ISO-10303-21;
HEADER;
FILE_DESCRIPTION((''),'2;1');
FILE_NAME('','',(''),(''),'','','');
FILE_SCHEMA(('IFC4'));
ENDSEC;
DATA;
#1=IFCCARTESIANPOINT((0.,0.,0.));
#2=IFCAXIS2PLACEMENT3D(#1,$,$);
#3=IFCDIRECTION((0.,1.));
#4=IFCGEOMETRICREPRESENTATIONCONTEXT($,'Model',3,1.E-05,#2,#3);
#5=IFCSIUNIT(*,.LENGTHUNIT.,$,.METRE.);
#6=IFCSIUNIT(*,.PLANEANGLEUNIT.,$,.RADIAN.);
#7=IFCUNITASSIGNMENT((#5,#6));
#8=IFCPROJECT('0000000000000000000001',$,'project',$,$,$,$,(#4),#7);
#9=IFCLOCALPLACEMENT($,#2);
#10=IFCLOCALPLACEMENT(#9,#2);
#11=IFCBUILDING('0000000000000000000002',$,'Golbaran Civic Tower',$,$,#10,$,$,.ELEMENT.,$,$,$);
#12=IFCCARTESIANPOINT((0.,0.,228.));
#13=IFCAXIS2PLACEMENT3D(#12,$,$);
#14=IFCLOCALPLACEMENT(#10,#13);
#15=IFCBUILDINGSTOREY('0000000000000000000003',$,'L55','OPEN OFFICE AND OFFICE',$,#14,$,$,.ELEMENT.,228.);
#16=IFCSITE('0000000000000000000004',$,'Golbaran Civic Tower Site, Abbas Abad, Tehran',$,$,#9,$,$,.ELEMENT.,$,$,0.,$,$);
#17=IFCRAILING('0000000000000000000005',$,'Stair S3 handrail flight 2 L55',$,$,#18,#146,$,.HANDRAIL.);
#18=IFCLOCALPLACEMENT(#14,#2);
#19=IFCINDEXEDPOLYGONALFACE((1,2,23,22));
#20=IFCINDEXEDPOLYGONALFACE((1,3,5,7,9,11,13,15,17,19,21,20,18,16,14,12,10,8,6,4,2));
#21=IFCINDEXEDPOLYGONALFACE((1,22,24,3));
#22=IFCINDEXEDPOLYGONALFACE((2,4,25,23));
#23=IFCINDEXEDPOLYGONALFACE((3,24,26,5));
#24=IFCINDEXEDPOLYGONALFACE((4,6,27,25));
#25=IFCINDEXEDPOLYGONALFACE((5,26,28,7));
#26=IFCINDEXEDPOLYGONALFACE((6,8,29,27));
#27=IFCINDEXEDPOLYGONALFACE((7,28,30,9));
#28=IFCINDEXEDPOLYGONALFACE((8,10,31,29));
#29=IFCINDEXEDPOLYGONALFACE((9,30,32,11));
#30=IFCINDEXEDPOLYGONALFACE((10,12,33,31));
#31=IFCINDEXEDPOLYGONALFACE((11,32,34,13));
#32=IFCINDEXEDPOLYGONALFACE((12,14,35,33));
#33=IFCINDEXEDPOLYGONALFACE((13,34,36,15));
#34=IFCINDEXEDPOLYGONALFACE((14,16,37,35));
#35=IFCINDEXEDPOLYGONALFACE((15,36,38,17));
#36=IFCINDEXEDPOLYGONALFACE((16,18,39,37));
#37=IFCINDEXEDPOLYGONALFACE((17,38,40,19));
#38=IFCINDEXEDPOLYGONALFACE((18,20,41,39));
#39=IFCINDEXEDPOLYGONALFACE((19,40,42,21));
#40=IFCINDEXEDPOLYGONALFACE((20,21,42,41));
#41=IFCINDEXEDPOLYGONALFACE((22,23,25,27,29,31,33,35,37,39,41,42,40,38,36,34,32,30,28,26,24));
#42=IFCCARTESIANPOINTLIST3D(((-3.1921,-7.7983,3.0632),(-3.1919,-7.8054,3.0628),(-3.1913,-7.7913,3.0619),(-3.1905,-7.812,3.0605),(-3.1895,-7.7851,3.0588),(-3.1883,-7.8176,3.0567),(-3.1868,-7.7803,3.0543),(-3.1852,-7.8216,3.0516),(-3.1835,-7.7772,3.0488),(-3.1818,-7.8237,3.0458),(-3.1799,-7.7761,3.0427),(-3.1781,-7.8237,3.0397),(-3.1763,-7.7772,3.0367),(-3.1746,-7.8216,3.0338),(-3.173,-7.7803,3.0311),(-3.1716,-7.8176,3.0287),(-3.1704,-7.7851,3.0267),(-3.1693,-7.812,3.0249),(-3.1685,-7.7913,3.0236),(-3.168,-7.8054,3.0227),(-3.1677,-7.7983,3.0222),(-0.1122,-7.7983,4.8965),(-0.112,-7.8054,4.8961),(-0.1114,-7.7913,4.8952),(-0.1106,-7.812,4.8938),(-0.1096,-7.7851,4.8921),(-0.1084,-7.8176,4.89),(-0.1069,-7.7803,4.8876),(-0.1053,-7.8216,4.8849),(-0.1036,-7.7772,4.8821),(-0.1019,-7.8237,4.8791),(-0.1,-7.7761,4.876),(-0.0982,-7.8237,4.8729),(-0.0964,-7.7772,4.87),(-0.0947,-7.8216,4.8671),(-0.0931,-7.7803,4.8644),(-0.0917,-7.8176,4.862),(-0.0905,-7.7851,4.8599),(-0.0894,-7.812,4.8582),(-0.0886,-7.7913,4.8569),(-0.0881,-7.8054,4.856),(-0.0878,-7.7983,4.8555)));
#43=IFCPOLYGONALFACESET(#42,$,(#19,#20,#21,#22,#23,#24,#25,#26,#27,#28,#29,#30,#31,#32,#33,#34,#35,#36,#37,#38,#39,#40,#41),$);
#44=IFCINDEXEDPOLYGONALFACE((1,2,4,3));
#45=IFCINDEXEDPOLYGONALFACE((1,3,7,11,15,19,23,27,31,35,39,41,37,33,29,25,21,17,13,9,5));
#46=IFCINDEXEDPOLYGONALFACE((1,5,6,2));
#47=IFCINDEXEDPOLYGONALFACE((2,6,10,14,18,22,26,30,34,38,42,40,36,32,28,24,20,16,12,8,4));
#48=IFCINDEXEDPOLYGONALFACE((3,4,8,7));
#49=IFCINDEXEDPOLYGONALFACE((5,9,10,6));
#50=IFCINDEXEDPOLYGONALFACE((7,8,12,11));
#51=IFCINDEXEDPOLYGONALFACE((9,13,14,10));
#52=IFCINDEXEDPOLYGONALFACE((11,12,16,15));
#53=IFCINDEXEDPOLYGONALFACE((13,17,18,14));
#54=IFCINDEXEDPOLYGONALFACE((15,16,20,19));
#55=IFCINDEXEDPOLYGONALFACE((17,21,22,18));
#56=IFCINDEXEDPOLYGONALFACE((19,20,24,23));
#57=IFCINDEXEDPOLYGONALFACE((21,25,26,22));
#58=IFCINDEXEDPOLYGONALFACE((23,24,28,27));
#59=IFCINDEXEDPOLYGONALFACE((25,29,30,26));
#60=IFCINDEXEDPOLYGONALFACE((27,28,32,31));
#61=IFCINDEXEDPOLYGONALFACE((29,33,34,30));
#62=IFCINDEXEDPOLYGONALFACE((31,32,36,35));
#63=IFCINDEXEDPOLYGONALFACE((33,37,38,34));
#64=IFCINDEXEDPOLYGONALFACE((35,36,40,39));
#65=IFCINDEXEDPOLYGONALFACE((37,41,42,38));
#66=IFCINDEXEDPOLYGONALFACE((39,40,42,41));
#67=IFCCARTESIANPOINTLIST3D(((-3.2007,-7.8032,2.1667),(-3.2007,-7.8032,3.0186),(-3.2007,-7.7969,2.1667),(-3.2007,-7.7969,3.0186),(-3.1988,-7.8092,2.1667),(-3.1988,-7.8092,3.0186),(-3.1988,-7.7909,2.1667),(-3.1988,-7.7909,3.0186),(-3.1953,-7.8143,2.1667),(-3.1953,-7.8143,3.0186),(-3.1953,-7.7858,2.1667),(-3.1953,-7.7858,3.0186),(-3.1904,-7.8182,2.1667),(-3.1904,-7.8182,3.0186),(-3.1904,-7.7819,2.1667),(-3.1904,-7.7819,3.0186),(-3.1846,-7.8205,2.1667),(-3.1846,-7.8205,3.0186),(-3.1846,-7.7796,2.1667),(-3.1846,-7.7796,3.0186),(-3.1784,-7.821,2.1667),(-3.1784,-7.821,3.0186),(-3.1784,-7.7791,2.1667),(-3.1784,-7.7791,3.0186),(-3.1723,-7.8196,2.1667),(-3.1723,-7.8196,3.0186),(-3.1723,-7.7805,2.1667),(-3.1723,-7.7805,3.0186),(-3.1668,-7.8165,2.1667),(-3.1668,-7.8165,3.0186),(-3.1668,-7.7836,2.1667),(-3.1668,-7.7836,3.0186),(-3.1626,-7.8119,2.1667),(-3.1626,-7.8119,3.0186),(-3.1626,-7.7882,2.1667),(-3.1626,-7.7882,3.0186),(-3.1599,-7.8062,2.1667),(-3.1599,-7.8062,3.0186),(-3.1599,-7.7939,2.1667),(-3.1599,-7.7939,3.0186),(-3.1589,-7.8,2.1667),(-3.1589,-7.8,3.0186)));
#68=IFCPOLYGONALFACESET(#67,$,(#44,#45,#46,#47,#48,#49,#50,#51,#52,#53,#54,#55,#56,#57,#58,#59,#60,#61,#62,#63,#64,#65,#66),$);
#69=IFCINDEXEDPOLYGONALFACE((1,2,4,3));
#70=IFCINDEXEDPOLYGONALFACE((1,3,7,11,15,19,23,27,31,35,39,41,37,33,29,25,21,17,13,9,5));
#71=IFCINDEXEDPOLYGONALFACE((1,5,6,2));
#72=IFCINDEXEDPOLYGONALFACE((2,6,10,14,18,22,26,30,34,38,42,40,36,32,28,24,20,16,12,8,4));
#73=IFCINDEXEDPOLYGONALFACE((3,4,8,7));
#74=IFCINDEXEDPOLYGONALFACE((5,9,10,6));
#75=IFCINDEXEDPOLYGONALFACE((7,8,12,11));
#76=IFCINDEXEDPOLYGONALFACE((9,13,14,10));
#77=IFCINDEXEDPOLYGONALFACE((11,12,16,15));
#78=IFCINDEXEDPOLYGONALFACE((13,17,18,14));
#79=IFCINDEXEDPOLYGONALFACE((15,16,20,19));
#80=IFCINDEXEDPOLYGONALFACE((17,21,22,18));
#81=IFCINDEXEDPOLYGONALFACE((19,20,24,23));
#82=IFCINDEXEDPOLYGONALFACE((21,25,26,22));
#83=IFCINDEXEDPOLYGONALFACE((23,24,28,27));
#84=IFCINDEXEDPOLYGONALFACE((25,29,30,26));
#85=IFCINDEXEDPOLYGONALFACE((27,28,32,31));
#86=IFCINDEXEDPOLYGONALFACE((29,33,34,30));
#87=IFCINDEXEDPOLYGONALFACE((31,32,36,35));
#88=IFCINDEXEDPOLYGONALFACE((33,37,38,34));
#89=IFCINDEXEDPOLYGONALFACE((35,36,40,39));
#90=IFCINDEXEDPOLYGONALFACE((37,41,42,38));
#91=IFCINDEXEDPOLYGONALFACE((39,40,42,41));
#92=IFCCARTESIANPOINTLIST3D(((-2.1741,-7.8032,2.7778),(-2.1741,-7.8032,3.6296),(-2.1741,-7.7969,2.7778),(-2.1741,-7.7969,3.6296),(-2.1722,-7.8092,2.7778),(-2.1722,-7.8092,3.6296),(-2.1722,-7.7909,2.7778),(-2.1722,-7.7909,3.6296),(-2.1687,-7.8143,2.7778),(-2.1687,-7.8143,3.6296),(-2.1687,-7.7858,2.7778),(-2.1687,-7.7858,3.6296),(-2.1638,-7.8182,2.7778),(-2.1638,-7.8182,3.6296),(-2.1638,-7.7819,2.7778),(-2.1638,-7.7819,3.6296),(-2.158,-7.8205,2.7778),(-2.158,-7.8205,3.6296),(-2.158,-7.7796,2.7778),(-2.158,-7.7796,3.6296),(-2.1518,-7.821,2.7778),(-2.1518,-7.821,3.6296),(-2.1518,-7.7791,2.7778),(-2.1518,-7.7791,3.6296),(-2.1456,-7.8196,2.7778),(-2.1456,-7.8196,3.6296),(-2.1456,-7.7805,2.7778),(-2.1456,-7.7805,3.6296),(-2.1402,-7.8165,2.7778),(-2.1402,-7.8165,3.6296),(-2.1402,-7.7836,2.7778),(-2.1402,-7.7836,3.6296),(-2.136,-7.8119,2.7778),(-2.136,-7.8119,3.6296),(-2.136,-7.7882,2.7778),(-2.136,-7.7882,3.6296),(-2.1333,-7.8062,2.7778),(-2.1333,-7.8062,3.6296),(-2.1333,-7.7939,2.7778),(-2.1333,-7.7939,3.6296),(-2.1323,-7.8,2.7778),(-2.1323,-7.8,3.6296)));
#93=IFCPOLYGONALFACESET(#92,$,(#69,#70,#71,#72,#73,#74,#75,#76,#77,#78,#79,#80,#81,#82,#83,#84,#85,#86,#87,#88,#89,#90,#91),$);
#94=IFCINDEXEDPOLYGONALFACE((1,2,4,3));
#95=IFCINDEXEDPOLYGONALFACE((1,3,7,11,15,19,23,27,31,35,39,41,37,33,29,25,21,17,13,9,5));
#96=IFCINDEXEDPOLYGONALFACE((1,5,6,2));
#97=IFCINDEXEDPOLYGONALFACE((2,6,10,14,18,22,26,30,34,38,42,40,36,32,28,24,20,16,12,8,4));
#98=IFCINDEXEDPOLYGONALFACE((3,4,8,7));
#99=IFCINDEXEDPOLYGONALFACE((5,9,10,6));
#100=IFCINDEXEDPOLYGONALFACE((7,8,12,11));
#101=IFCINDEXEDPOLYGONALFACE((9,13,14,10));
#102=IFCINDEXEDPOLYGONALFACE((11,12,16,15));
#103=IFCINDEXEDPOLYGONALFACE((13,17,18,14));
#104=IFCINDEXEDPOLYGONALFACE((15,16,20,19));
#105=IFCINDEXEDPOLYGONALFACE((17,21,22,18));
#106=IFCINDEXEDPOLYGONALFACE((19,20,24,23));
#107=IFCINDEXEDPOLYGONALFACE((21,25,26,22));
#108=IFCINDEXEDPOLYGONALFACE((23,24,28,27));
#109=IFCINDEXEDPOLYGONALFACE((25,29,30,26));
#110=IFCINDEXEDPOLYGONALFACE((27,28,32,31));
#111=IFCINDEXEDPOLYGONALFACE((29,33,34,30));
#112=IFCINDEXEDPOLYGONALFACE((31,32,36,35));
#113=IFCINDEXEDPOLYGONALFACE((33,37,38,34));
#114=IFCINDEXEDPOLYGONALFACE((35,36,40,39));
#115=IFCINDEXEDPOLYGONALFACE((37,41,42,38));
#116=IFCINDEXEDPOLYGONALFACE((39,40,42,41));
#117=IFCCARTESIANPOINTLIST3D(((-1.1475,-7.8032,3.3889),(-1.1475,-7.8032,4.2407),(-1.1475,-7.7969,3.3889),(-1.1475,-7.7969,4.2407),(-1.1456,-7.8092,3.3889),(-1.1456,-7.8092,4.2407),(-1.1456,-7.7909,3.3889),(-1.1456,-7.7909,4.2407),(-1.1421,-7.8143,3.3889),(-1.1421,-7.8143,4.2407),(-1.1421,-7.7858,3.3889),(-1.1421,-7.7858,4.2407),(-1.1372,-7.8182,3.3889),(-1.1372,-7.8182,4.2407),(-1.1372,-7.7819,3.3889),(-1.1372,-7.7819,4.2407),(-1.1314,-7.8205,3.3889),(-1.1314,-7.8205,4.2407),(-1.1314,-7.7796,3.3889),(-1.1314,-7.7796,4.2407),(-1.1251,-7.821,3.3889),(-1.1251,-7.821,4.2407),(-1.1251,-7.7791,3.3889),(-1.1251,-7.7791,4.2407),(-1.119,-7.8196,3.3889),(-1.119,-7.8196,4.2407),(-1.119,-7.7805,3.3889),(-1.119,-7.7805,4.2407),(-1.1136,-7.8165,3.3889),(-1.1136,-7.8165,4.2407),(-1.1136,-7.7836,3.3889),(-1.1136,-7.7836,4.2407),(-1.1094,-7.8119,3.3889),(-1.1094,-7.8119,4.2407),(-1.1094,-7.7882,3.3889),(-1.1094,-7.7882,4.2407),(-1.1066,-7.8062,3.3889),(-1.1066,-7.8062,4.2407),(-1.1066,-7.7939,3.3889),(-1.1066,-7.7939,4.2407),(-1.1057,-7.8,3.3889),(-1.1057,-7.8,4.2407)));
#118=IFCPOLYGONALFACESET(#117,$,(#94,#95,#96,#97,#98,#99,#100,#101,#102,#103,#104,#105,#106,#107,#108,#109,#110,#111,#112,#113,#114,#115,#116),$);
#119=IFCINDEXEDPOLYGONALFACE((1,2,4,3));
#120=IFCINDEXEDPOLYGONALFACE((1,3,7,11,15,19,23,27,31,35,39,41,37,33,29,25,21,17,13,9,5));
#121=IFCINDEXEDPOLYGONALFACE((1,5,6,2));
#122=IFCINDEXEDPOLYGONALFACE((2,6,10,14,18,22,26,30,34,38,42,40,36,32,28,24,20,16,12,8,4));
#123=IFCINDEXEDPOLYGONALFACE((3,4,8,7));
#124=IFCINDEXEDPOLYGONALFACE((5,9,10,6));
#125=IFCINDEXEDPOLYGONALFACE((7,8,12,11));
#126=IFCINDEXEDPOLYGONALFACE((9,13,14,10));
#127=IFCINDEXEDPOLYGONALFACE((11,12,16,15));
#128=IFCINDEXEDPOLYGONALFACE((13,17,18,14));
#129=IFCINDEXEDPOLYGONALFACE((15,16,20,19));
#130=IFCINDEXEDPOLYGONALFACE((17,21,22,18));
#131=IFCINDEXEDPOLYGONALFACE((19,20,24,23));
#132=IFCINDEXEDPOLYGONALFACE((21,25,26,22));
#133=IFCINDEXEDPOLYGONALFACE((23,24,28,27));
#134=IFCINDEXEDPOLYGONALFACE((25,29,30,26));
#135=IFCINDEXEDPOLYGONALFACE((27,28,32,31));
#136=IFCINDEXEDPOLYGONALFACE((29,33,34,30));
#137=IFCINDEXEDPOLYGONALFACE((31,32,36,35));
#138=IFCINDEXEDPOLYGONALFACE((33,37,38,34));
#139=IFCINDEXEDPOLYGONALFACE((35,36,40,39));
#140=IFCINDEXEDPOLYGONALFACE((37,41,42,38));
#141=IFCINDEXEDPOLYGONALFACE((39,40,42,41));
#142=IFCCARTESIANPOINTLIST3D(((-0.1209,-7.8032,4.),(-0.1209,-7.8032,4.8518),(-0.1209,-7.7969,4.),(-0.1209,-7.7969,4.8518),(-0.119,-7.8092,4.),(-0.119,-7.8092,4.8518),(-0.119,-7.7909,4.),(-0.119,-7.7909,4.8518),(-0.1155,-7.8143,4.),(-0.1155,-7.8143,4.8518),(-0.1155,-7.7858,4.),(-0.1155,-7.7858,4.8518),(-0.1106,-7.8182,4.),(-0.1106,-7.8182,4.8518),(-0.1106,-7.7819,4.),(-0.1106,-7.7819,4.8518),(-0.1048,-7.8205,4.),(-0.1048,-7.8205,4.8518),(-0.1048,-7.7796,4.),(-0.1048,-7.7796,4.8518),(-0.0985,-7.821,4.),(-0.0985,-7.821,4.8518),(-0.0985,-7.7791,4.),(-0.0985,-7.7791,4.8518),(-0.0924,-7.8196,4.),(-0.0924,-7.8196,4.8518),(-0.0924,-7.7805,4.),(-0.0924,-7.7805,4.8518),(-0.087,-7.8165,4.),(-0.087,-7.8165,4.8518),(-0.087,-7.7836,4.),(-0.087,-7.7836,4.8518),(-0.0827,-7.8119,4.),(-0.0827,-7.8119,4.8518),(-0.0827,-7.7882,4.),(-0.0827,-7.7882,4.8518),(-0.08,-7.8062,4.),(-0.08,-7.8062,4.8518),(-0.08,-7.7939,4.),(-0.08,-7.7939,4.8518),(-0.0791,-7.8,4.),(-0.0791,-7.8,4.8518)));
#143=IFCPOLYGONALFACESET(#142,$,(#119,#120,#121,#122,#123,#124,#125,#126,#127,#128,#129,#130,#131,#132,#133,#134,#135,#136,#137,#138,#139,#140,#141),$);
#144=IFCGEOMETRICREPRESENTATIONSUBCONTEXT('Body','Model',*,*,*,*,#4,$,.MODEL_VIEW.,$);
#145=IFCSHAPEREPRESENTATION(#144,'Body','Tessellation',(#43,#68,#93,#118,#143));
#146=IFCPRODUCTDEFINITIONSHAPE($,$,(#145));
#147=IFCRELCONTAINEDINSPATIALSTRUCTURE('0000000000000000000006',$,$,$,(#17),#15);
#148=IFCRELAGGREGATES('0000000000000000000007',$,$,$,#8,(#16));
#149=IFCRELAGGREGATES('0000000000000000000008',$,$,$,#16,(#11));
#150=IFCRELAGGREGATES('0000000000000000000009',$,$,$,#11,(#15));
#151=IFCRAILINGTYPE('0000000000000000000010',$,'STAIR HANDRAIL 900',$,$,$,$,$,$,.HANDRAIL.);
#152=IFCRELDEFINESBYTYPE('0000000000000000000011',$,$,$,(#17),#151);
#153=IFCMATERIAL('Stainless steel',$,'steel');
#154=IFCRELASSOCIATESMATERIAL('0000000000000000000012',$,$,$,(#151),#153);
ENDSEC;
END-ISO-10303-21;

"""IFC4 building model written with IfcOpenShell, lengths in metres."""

from ifc_helpers import new_model, si_unit, direction, frame, origin, origin_2d, place, context, subcontext, project, spatial, circle, extrude, material, type_object, element, save


model = new_model("IFC4")

# Units and contexts
model_context = context("Model", 3, precision=1e-05, world=origin(), true_north=direction((0.0, 1.0)))
body_context = subcontext(model_context, "Body", "Model", "MODEL_VIEW")
ifc_project = project(units=[si_unit("LENGTHUNIT", "METRE"), si_unit("PLANEANGLEUNIT", "RADIAN")], contexts=[model_context])

# Site, building, storey
site_placement = place(None, origin())
site = spatial("IfcSite", under=ifc_project, at=site_placement, Name="Golbaran Civic Tower Site, Abbas Abad, Tehran", CompositionType="ELEMENT", RefElevation=0.0)
building_placement = place(site_placement, origin())
building = spatial("IfcBuilding", under=site, at=building_placement, Name="Golbaran Civic Tower", CompositionType="ELEMENT")
storey_placement = place(building_placement, frame((0.0, 0.0, 228.0)))
storey = spatial("IfcBuildingStorey", under=building, at=storey_placement, Name="L55", Description="OPEN OFFICE AND OFFICE", CompositionType="ELEMENT", Elevation=228.0)

# Shared definitions
ifc_material_1 = material(Name="Stainless steel", Category="steel")

# Railing
railing_type = type_object("IfcRailingType", Name="STAIR HANDRAIL 900", PredefinedType="HANDRAIL", material=ifc_material_1)
railing_1_placement = place(storey_placement, frame((-3.1799, -7.8, 2.1667)))
element("IfcRailing", 1, at=railing_1_placement, inside=storey, type_object=railing_type, Name="Stair S3 handrail flight 2 L55", PredefinedType="HANDRAIL", context=body_context, shape_type="SweptSolid", body=[
    extrude(circle(Radius=0.0239, at=origin_2d()), frame((0.0, 0.0, 0.876), z_axis=(0.859291, 0.0, 0.511487), x_axis=(0.0, 1.0, 0.0)), (0.0, 0.0, 1.0), 3.5842),
    extrude(circle(Radius=0.021, at=origin_2d()), origin(), (0.0, 0.0, 1.0), 0.8518),
    extrude(circle(Radius=0.021, at=origin_2d()), frame((1.0266, 0.0, 0.6111)), (0.0, 0.0, 1.0), 0.8518),
    extrude(circle(Radius=0.021, at=origin_2d()), frame((2.0532, 0.0, 1.2222)), (0.0, 0.0, 1.0), 0.8518),
    extrude(circle(Radius=0.021, at=origin_2d()), frame((3.0798, 0.0, 1.8333)), (0.0, 0.0, 1.0), 0.8518),
])

save(model, "model.ifc")
